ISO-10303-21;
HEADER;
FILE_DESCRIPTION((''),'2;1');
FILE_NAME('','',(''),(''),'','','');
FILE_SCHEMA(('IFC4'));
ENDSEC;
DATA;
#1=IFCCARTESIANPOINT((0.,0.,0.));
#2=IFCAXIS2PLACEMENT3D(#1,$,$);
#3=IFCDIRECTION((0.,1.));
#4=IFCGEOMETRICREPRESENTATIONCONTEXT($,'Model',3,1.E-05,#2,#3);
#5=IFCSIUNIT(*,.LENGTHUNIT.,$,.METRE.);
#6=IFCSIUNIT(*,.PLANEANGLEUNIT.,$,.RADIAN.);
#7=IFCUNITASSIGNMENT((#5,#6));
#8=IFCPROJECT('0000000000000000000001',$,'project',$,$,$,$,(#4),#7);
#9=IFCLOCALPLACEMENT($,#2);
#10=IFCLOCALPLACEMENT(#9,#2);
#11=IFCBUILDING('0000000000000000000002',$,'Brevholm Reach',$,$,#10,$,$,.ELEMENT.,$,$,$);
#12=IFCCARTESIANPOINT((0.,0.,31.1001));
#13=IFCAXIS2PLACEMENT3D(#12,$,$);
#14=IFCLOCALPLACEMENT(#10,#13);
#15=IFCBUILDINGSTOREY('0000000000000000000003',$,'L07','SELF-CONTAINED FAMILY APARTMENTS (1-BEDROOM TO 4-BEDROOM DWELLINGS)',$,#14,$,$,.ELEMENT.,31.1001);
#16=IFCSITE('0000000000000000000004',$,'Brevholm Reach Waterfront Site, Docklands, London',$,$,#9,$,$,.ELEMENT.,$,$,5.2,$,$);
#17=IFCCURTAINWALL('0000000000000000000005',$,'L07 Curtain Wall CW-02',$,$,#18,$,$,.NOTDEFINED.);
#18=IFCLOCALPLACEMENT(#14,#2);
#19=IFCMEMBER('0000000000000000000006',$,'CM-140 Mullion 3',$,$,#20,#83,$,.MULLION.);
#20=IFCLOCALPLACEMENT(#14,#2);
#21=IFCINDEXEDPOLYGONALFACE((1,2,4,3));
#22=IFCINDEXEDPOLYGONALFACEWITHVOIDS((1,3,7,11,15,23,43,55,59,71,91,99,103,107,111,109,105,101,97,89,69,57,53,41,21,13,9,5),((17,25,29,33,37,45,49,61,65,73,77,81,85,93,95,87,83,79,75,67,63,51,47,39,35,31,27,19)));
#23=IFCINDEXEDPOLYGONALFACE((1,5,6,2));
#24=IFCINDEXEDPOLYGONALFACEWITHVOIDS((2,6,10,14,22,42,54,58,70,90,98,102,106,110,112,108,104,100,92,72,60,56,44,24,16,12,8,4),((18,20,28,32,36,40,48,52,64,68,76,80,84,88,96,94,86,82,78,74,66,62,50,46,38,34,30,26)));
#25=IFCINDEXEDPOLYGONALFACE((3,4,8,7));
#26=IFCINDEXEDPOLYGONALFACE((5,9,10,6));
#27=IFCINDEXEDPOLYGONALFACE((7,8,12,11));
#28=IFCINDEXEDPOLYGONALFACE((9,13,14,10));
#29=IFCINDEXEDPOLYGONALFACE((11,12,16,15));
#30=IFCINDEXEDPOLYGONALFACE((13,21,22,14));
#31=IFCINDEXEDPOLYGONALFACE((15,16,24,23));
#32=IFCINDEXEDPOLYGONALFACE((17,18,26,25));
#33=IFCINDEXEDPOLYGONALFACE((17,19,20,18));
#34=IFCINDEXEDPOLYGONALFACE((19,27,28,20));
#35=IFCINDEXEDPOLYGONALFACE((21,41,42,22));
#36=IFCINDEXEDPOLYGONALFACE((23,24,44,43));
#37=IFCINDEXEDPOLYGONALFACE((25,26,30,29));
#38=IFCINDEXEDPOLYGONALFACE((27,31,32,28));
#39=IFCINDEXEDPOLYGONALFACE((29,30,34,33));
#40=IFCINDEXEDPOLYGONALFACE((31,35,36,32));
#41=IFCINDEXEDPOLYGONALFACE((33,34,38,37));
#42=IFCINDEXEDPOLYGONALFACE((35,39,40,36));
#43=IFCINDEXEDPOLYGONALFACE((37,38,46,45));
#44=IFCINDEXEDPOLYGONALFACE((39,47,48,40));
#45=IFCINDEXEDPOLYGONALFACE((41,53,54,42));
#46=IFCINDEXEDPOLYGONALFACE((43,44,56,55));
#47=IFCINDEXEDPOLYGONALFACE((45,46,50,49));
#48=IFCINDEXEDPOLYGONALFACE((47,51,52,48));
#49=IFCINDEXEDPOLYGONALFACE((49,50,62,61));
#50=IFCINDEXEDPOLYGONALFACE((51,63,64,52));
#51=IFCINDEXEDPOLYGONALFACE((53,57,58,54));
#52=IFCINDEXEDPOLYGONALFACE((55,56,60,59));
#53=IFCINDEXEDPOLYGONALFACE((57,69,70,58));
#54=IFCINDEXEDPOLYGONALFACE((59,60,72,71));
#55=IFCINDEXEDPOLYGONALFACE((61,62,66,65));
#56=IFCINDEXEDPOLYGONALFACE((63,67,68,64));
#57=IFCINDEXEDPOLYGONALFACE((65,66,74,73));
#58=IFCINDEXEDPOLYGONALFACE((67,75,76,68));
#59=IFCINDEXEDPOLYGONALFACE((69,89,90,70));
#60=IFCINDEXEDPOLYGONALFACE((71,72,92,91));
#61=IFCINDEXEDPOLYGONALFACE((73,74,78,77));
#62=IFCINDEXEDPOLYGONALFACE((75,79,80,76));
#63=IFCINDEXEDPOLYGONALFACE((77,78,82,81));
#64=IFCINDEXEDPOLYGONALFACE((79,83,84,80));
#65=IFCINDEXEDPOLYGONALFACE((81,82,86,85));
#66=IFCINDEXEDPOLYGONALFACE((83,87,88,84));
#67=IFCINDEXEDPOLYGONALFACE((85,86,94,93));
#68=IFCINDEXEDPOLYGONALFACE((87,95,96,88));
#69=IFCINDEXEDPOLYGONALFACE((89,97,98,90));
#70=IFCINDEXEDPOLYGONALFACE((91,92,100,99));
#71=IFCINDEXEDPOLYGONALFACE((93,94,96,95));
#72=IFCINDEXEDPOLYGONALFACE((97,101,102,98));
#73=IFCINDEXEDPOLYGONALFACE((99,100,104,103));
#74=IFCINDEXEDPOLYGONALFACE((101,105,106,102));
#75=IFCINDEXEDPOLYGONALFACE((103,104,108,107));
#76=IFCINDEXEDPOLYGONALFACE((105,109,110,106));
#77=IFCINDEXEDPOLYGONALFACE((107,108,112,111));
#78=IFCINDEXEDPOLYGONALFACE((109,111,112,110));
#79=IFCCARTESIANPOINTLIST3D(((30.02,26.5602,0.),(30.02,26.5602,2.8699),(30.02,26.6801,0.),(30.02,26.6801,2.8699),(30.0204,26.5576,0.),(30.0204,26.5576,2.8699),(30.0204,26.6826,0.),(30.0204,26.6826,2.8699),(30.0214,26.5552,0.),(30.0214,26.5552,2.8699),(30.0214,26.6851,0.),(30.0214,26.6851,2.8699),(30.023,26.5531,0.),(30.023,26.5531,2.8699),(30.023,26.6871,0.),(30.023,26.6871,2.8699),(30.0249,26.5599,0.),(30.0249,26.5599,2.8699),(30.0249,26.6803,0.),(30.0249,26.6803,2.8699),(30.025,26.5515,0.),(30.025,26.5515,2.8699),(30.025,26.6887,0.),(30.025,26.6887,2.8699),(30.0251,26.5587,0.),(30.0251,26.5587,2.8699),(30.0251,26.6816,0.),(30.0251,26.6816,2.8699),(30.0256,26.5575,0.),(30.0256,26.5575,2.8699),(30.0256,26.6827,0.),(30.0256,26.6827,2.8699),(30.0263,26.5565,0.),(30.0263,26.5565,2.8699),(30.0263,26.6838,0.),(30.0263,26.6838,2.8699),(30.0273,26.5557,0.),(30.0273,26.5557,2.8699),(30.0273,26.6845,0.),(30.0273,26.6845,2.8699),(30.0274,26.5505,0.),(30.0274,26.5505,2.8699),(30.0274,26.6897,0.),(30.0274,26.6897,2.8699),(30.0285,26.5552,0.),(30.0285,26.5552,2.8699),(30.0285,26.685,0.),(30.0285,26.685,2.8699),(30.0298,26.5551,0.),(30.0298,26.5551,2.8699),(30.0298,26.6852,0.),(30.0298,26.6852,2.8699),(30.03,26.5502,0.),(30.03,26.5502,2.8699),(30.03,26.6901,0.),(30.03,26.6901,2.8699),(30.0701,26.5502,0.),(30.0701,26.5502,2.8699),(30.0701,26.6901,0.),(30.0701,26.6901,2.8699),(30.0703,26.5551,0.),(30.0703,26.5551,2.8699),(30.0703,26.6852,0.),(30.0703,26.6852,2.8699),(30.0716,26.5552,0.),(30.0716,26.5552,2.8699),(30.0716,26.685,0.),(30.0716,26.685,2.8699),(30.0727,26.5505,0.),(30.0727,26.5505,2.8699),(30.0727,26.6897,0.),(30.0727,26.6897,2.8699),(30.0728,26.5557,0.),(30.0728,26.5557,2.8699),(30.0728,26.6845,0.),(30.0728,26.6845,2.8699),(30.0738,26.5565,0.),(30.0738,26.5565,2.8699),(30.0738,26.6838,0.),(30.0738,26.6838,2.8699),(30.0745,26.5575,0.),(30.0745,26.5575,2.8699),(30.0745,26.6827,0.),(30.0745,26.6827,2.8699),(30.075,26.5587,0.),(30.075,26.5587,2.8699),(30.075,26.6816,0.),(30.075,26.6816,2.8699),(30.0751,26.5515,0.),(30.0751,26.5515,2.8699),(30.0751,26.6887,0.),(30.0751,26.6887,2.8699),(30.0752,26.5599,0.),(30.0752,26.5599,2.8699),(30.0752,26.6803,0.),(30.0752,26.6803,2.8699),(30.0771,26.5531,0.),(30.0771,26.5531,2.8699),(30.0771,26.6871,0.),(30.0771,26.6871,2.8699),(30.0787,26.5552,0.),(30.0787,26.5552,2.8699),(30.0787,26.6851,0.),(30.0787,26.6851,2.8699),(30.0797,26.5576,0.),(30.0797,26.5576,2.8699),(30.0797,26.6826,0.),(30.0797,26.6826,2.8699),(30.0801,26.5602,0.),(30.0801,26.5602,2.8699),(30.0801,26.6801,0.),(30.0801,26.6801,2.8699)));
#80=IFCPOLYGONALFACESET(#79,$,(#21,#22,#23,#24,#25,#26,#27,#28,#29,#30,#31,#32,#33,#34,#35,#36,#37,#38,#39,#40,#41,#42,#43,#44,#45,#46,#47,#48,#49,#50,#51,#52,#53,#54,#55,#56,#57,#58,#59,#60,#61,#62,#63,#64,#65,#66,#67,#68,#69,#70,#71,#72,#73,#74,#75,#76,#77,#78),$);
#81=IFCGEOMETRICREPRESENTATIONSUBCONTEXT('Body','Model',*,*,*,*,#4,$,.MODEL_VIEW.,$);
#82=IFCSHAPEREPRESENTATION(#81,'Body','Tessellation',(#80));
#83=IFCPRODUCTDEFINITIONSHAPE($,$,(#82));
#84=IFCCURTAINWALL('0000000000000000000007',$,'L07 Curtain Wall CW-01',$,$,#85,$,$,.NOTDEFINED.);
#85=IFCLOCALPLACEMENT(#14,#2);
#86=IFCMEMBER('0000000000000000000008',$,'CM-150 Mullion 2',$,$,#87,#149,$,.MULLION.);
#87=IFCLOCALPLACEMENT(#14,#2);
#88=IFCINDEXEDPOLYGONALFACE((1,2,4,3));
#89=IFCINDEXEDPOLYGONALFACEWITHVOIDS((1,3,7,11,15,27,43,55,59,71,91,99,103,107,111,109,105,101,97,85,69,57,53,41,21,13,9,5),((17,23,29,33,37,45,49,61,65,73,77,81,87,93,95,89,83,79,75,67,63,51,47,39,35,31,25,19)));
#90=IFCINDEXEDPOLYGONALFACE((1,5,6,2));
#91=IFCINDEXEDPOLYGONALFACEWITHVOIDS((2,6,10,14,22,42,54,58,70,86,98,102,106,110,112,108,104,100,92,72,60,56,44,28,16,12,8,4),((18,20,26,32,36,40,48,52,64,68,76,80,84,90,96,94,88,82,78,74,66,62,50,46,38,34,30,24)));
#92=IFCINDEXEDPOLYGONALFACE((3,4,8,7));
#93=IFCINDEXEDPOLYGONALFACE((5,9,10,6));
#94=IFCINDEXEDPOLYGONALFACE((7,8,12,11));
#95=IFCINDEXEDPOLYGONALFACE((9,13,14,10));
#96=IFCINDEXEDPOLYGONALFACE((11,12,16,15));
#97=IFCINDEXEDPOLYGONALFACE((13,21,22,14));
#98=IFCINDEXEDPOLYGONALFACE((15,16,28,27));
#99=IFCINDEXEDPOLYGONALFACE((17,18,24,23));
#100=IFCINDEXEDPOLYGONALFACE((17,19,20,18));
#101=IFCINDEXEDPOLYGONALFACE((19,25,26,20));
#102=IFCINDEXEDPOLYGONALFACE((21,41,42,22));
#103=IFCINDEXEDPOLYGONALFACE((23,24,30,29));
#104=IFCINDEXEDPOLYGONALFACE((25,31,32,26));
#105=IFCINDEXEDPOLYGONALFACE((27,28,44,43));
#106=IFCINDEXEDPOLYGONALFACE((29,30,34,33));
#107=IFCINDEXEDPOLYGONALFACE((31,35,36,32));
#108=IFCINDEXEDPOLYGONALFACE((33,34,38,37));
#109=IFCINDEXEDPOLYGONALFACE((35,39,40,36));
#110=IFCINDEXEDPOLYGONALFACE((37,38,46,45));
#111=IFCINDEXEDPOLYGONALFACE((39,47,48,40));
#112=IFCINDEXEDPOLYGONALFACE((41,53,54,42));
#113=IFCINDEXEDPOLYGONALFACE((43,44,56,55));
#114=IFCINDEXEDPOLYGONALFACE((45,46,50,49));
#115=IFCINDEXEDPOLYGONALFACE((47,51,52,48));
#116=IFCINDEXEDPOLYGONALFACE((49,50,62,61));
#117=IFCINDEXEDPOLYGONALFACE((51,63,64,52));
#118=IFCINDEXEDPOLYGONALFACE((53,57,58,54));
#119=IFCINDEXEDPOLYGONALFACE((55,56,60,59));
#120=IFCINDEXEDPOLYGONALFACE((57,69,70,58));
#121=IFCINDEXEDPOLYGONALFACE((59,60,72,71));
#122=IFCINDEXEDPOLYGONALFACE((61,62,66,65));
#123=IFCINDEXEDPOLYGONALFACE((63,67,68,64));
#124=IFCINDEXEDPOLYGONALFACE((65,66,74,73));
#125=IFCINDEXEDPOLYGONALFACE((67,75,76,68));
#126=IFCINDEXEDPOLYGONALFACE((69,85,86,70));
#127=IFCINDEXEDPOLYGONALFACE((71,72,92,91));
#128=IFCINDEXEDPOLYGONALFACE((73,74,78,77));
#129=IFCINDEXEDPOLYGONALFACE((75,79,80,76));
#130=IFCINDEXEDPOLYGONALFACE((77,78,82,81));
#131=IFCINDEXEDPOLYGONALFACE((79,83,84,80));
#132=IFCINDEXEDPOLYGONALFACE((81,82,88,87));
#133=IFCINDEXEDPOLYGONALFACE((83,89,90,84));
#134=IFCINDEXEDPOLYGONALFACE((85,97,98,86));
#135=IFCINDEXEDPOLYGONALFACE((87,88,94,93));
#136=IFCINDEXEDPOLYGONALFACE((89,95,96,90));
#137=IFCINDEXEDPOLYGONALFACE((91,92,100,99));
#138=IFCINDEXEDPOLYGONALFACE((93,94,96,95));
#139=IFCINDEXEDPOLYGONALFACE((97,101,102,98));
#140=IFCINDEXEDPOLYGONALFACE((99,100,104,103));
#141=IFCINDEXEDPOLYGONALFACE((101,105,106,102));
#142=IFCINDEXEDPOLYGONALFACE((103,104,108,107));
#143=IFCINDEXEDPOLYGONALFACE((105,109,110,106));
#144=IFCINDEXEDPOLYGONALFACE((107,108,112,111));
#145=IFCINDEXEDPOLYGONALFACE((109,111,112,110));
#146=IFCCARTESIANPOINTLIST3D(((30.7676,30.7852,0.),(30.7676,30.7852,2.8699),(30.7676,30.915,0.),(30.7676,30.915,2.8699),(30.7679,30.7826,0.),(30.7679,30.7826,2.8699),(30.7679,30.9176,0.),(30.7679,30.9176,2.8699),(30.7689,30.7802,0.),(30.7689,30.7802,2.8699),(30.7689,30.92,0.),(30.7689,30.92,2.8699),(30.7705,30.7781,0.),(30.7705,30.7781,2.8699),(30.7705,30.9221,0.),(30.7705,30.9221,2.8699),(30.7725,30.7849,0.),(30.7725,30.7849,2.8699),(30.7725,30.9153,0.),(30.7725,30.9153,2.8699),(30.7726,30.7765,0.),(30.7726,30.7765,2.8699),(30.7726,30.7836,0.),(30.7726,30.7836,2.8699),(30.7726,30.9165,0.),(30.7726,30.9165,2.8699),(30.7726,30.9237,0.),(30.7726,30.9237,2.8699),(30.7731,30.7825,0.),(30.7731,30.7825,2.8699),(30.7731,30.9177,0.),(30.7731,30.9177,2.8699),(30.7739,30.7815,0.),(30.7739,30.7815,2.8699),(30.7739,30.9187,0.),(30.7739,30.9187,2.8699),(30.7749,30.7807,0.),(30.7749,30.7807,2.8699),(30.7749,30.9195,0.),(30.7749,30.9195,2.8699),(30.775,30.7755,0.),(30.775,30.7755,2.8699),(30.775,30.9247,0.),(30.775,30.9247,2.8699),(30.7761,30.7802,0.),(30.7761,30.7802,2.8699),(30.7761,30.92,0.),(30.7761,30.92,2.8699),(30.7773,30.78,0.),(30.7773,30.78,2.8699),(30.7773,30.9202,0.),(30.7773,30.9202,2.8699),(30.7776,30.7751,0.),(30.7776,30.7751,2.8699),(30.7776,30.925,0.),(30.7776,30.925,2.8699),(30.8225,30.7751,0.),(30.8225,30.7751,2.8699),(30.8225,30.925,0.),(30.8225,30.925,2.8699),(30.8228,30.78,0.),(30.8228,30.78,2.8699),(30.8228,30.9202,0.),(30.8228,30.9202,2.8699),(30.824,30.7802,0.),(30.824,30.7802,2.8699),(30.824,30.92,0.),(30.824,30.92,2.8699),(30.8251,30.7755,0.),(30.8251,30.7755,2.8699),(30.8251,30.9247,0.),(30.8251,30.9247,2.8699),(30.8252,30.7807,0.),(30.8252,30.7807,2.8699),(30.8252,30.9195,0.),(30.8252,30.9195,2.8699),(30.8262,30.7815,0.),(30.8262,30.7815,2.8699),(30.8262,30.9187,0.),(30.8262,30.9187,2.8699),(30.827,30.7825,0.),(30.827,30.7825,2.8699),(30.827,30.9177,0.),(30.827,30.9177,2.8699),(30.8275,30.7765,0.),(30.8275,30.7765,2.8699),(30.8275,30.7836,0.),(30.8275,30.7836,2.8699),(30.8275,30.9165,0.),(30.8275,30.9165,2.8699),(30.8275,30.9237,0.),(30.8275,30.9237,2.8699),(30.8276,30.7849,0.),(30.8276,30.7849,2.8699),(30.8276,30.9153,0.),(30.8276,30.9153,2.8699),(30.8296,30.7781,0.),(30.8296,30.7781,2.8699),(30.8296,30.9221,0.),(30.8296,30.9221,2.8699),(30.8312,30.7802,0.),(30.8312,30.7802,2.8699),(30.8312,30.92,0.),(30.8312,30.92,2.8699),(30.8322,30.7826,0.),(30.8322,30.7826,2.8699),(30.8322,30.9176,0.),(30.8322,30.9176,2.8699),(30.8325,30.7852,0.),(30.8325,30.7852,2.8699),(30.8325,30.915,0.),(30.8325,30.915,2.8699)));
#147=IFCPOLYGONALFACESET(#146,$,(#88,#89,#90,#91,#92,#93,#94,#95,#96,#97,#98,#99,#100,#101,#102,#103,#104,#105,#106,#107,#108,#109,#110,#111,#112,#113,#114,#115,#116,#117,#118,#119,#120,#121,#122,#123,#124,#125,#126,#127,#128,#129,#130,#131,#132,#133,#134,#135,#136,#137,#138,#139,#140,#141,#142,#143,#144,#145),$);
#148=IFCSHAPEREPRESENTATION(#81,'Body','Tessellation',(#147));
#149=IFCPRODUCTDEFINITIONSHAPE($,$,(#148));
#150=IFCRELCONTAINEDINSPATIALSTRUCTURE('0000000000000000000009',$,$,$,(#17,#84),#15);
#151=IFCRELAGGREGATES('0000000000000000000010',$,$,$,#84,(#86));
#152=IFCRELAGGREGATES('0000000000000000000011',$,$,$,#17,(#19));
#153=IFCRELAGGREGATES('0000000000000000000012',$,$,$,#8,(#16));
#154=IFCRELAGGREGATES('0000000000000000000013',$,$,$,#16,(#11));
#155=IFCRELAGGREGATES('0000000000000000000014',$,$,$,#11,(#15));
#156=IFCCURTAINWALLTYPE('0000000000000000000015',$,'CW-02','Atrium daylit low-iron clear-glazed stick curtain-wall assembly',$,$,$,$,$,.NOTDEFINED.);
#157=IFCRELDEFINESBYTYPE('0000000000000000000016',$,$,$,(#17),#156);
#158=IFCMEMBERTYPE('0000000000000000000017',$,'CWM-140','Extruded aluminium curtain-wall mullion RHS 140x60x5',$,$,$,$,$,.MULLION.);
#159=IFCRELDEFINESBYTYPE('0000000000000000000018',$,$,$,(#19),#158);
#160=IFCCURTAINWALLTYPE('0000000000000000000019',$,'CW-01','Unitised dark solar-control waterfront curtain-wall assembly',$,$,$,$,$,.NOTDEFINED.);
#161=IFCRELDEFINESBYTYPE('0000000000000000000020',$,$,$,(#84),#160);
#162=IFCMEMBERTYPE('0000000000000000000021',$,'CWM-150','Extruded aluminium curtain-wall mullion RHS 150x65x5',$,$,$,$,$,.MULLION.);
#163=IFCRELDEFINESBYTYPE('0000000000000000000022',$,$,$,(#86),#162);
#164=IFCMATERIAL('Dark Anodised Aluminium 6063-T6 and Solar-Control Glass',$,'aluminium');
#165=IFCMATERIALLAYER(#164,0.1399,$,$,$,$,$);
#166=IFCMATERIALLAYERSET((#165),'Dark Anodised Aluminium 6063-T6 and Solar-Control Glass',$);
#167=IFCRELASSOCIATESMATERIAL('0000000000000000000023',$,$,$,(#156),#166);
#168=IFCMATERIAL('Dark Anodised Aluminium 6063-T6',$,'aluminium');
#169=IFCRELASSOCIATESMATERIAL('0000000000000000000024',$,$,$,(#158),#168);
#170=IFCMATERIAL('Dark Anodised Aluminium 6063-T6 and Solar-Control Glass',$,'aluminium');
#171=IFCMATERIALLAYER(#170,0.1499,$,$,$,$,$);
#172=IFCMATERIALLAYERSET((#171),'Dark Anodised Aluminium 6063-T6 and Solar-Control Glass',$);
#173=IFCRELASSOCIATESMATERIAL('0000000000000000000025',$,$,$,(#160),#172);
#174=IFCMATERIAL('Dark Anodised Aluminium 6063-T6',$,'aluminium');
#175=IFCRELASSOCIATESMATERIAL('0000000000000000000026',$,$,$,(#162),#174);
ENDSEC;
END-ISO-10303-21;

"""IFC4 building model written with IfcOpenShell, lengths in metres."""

from ifc_helpers import new_model, si_unit, direction, frame, origin, origin_2d, place, context, subcontext, project, spatial, hollow_rectangle, extrude, material, layer, layer_set, material_profile, profile_set, type_object, element, aggregate, save


model = new_model("IFC4")

# Units and contexts
model_context = context("Model", 3, precision=1e-05, world=origin(), true_north=direction((0.0, 1.0)))
body_context = subcontext(model_context, "Body", "Model", "MODEL_VIEW")
ifc_project = project(units=[si_unit("LENGTHUNIT", "METRE"), si_unit("PLANEANGLEUNIT", "RADIAN")], contexts=[model_context])

# Site, building, storey
site_placement = place(None, origin())
site = spatial("IfcSite", under=ifc_project, at=site_placement, Name="Brevholm Reach Waterfront Site, Docklands, London", CompositionType="ELEMENT", RefElevation=5.2)
building_placement = place(site_placement, origin())
building = spatial("IfcBuilding", under=site, at=building_placement, Name="Brevholm Reach", CompositionType="ELEMENT")
storey_placement = place(building_placement, frame((0.0, 0.0, 31.1001)))
storey = spatial("IfcBuildingStorey", under=building, at=storey_placement, Name="L07", Description="SELF-CONTAINED FAMILY APARTMENTS (1-BEDROOM TO 4-BEDROOM DWELLINGS)", CompositionType="ELEMENT", Elevation=31.1001)

# Curtain walls, members
ifc_material_1 = material(Name="Dark Anodised Aluminium 6063-T6 and Solar-Control Glass", Category="aluminium")
ifc_layer_1 = layer(ifc_material_1, 0.1399)
ifc_layer_set_1 = layer_set([ifc_layer_1], Name="Dark Anodised Aluminium 6063-T6 and Solar-Control Glass")
curtain_wall_type_1 = type_object("IfcCurtainWallType", Name="CW-02", Description="Atrium daylit low-iron clear-glazed stick curtain-wall assembly", PredefinedType="NOTDEFINED", material=ifc_layer_set_1)
curtain_wall_1_placement = place(storey_placement, origin())
curtain_wall_1 = element("IfcCurtainWall", 1, at=curtain_wall_1_placement, inside=storey, type_object=curtain_wall_type_1, Name="L07 Curtain Wall CW-02", PredefinedType="NOTDEFINED")
ifc_material_2 = material(Name="Dark Anodised Aluminium 6063-T6", Category="aluminium")
ifc_material_profile_1 = material_profile(ifc_material_2, hollow_rectangle(XDim=0.0601, YDim=0.1399, WallThickness=0.0049, InnerFilletRadius=0.0049, OuterFilletRadius=0.01, at=origin_2d()), Name="RHS 140x60x5")
ifc_profile_set_1 = profile_set([ifc_material_profile_1], Name="Dark Anodised Aluminium 6063-T6")
member_type_1 = type_object("IfcMemberType", Name="CWM-140", Description="Extruded aluminium curtain-wall mullion RHS 140x60x5", PredefinedType="MULLION", material=ifc_profile_set_1)
member_1_placement = place(storey_placement, frame((30.05, 26.6201, 0.0), z_axis=(0.0, 0.0, 1.0), x_axis=(-1.0, 0.0, 0.0)))
member_1 = element("IfcMember", 2, at=member_1_placement, type_object=member_type_1, Name="CM-140 Mullion 3", PredefinedType="MULLION", context=body_context, shape_type="SweptSolid", body=[
    extrude(hollow_rectangle(XDim=0.0601, YDim=0.1399, WallThickness=0.0049, InnerFilletRadius=0.0049, OuterFilletRadius=0.01, at=origin_2d()), origin(), (0.0, 0.0, 1.0), 2.8699),
])
ifc_material_3 = material(Name="Dark Anodised Aluminium 6063-T6 and Solar-Control Glass", Category="aluminium")
ifc_layer_2 = layer(ifc_material_3, 0.1499)
ifc_layer_set_2 = layer_set([ifc_layer_2], Name="Dark Anodised Aluminium 6063-T6 and Solar-Control Glass")
curtain_wall_type_2 = type_object("IfcCurtainWallType", Name="CW-01", Description="Unitised dark solar-control waterfront curtain-wall assembly", PredefinedType="NOTDEFINED", material=ifc_layer_set_2)
curtain_wall_2_placement = place(storey_placement, origin())
curtain_wall_2 = element("IfcCurtainWall", 3, at=curtain_wall_2_placement, inside=storey, type_object=curtain_wall_type_2, Name="L07 Curtain Wall CW-01", PredefinedType="NOTDEFINED")
ifc_material_4 = material(Name="Dark Anodised Aluminium 6063-T6", Category="aluminium")
ifc_material_profile_2 = material_profile(ifc_material_4, hollow_rectangle(XDim=0.0649, YDim=0.1499, WallThickness=0.0049, InnerFilletRadius=0.0049, OuterFilletRadius=0.01, at=origin_2d()), Name="RHS 150x65x5")
ifc_profile_set_2 = profile_set([ifc_material_profile_2], Name="Dark Anodised Aluminium 6063-T6")
member_type_2 = type_object("IfcMemberType", Name="CWM-150", Description="Extruded aluminium curtain-wall mullion RHS 150x65x5", PredefinedType="MULLION", material=ifc_profile_set_2)
member_2_placement = place(storey_placement, frame((30.8, 30.8501, 0.0), z_axis=(0.0, 0.0, 1.0), x_axis=(1.0, 0.0, 0.0)))
member_2 = element("IfcMember", 4, at=member_2_placement, type_object=member_type_2, Name="CM-150 Mullion 2", PredefinedType="MULLION", context=body_context, shape_type="SweptSolid", body=[
    extrude(hollow_rectangle(XDim=0.0649, YDim=0.1499, WallThickness=0.0049, InnerFilletRadius=0.0049, OuterFilletRadius=0.01, at=origin_2d()), origin(), (0.0, 0.0, 1.0), 2.8699),
])

aggregate(curtain_wall_2, [member_2])
aggregate(curtain_wall_1, [member_1])

save(model, "model.ifc")
